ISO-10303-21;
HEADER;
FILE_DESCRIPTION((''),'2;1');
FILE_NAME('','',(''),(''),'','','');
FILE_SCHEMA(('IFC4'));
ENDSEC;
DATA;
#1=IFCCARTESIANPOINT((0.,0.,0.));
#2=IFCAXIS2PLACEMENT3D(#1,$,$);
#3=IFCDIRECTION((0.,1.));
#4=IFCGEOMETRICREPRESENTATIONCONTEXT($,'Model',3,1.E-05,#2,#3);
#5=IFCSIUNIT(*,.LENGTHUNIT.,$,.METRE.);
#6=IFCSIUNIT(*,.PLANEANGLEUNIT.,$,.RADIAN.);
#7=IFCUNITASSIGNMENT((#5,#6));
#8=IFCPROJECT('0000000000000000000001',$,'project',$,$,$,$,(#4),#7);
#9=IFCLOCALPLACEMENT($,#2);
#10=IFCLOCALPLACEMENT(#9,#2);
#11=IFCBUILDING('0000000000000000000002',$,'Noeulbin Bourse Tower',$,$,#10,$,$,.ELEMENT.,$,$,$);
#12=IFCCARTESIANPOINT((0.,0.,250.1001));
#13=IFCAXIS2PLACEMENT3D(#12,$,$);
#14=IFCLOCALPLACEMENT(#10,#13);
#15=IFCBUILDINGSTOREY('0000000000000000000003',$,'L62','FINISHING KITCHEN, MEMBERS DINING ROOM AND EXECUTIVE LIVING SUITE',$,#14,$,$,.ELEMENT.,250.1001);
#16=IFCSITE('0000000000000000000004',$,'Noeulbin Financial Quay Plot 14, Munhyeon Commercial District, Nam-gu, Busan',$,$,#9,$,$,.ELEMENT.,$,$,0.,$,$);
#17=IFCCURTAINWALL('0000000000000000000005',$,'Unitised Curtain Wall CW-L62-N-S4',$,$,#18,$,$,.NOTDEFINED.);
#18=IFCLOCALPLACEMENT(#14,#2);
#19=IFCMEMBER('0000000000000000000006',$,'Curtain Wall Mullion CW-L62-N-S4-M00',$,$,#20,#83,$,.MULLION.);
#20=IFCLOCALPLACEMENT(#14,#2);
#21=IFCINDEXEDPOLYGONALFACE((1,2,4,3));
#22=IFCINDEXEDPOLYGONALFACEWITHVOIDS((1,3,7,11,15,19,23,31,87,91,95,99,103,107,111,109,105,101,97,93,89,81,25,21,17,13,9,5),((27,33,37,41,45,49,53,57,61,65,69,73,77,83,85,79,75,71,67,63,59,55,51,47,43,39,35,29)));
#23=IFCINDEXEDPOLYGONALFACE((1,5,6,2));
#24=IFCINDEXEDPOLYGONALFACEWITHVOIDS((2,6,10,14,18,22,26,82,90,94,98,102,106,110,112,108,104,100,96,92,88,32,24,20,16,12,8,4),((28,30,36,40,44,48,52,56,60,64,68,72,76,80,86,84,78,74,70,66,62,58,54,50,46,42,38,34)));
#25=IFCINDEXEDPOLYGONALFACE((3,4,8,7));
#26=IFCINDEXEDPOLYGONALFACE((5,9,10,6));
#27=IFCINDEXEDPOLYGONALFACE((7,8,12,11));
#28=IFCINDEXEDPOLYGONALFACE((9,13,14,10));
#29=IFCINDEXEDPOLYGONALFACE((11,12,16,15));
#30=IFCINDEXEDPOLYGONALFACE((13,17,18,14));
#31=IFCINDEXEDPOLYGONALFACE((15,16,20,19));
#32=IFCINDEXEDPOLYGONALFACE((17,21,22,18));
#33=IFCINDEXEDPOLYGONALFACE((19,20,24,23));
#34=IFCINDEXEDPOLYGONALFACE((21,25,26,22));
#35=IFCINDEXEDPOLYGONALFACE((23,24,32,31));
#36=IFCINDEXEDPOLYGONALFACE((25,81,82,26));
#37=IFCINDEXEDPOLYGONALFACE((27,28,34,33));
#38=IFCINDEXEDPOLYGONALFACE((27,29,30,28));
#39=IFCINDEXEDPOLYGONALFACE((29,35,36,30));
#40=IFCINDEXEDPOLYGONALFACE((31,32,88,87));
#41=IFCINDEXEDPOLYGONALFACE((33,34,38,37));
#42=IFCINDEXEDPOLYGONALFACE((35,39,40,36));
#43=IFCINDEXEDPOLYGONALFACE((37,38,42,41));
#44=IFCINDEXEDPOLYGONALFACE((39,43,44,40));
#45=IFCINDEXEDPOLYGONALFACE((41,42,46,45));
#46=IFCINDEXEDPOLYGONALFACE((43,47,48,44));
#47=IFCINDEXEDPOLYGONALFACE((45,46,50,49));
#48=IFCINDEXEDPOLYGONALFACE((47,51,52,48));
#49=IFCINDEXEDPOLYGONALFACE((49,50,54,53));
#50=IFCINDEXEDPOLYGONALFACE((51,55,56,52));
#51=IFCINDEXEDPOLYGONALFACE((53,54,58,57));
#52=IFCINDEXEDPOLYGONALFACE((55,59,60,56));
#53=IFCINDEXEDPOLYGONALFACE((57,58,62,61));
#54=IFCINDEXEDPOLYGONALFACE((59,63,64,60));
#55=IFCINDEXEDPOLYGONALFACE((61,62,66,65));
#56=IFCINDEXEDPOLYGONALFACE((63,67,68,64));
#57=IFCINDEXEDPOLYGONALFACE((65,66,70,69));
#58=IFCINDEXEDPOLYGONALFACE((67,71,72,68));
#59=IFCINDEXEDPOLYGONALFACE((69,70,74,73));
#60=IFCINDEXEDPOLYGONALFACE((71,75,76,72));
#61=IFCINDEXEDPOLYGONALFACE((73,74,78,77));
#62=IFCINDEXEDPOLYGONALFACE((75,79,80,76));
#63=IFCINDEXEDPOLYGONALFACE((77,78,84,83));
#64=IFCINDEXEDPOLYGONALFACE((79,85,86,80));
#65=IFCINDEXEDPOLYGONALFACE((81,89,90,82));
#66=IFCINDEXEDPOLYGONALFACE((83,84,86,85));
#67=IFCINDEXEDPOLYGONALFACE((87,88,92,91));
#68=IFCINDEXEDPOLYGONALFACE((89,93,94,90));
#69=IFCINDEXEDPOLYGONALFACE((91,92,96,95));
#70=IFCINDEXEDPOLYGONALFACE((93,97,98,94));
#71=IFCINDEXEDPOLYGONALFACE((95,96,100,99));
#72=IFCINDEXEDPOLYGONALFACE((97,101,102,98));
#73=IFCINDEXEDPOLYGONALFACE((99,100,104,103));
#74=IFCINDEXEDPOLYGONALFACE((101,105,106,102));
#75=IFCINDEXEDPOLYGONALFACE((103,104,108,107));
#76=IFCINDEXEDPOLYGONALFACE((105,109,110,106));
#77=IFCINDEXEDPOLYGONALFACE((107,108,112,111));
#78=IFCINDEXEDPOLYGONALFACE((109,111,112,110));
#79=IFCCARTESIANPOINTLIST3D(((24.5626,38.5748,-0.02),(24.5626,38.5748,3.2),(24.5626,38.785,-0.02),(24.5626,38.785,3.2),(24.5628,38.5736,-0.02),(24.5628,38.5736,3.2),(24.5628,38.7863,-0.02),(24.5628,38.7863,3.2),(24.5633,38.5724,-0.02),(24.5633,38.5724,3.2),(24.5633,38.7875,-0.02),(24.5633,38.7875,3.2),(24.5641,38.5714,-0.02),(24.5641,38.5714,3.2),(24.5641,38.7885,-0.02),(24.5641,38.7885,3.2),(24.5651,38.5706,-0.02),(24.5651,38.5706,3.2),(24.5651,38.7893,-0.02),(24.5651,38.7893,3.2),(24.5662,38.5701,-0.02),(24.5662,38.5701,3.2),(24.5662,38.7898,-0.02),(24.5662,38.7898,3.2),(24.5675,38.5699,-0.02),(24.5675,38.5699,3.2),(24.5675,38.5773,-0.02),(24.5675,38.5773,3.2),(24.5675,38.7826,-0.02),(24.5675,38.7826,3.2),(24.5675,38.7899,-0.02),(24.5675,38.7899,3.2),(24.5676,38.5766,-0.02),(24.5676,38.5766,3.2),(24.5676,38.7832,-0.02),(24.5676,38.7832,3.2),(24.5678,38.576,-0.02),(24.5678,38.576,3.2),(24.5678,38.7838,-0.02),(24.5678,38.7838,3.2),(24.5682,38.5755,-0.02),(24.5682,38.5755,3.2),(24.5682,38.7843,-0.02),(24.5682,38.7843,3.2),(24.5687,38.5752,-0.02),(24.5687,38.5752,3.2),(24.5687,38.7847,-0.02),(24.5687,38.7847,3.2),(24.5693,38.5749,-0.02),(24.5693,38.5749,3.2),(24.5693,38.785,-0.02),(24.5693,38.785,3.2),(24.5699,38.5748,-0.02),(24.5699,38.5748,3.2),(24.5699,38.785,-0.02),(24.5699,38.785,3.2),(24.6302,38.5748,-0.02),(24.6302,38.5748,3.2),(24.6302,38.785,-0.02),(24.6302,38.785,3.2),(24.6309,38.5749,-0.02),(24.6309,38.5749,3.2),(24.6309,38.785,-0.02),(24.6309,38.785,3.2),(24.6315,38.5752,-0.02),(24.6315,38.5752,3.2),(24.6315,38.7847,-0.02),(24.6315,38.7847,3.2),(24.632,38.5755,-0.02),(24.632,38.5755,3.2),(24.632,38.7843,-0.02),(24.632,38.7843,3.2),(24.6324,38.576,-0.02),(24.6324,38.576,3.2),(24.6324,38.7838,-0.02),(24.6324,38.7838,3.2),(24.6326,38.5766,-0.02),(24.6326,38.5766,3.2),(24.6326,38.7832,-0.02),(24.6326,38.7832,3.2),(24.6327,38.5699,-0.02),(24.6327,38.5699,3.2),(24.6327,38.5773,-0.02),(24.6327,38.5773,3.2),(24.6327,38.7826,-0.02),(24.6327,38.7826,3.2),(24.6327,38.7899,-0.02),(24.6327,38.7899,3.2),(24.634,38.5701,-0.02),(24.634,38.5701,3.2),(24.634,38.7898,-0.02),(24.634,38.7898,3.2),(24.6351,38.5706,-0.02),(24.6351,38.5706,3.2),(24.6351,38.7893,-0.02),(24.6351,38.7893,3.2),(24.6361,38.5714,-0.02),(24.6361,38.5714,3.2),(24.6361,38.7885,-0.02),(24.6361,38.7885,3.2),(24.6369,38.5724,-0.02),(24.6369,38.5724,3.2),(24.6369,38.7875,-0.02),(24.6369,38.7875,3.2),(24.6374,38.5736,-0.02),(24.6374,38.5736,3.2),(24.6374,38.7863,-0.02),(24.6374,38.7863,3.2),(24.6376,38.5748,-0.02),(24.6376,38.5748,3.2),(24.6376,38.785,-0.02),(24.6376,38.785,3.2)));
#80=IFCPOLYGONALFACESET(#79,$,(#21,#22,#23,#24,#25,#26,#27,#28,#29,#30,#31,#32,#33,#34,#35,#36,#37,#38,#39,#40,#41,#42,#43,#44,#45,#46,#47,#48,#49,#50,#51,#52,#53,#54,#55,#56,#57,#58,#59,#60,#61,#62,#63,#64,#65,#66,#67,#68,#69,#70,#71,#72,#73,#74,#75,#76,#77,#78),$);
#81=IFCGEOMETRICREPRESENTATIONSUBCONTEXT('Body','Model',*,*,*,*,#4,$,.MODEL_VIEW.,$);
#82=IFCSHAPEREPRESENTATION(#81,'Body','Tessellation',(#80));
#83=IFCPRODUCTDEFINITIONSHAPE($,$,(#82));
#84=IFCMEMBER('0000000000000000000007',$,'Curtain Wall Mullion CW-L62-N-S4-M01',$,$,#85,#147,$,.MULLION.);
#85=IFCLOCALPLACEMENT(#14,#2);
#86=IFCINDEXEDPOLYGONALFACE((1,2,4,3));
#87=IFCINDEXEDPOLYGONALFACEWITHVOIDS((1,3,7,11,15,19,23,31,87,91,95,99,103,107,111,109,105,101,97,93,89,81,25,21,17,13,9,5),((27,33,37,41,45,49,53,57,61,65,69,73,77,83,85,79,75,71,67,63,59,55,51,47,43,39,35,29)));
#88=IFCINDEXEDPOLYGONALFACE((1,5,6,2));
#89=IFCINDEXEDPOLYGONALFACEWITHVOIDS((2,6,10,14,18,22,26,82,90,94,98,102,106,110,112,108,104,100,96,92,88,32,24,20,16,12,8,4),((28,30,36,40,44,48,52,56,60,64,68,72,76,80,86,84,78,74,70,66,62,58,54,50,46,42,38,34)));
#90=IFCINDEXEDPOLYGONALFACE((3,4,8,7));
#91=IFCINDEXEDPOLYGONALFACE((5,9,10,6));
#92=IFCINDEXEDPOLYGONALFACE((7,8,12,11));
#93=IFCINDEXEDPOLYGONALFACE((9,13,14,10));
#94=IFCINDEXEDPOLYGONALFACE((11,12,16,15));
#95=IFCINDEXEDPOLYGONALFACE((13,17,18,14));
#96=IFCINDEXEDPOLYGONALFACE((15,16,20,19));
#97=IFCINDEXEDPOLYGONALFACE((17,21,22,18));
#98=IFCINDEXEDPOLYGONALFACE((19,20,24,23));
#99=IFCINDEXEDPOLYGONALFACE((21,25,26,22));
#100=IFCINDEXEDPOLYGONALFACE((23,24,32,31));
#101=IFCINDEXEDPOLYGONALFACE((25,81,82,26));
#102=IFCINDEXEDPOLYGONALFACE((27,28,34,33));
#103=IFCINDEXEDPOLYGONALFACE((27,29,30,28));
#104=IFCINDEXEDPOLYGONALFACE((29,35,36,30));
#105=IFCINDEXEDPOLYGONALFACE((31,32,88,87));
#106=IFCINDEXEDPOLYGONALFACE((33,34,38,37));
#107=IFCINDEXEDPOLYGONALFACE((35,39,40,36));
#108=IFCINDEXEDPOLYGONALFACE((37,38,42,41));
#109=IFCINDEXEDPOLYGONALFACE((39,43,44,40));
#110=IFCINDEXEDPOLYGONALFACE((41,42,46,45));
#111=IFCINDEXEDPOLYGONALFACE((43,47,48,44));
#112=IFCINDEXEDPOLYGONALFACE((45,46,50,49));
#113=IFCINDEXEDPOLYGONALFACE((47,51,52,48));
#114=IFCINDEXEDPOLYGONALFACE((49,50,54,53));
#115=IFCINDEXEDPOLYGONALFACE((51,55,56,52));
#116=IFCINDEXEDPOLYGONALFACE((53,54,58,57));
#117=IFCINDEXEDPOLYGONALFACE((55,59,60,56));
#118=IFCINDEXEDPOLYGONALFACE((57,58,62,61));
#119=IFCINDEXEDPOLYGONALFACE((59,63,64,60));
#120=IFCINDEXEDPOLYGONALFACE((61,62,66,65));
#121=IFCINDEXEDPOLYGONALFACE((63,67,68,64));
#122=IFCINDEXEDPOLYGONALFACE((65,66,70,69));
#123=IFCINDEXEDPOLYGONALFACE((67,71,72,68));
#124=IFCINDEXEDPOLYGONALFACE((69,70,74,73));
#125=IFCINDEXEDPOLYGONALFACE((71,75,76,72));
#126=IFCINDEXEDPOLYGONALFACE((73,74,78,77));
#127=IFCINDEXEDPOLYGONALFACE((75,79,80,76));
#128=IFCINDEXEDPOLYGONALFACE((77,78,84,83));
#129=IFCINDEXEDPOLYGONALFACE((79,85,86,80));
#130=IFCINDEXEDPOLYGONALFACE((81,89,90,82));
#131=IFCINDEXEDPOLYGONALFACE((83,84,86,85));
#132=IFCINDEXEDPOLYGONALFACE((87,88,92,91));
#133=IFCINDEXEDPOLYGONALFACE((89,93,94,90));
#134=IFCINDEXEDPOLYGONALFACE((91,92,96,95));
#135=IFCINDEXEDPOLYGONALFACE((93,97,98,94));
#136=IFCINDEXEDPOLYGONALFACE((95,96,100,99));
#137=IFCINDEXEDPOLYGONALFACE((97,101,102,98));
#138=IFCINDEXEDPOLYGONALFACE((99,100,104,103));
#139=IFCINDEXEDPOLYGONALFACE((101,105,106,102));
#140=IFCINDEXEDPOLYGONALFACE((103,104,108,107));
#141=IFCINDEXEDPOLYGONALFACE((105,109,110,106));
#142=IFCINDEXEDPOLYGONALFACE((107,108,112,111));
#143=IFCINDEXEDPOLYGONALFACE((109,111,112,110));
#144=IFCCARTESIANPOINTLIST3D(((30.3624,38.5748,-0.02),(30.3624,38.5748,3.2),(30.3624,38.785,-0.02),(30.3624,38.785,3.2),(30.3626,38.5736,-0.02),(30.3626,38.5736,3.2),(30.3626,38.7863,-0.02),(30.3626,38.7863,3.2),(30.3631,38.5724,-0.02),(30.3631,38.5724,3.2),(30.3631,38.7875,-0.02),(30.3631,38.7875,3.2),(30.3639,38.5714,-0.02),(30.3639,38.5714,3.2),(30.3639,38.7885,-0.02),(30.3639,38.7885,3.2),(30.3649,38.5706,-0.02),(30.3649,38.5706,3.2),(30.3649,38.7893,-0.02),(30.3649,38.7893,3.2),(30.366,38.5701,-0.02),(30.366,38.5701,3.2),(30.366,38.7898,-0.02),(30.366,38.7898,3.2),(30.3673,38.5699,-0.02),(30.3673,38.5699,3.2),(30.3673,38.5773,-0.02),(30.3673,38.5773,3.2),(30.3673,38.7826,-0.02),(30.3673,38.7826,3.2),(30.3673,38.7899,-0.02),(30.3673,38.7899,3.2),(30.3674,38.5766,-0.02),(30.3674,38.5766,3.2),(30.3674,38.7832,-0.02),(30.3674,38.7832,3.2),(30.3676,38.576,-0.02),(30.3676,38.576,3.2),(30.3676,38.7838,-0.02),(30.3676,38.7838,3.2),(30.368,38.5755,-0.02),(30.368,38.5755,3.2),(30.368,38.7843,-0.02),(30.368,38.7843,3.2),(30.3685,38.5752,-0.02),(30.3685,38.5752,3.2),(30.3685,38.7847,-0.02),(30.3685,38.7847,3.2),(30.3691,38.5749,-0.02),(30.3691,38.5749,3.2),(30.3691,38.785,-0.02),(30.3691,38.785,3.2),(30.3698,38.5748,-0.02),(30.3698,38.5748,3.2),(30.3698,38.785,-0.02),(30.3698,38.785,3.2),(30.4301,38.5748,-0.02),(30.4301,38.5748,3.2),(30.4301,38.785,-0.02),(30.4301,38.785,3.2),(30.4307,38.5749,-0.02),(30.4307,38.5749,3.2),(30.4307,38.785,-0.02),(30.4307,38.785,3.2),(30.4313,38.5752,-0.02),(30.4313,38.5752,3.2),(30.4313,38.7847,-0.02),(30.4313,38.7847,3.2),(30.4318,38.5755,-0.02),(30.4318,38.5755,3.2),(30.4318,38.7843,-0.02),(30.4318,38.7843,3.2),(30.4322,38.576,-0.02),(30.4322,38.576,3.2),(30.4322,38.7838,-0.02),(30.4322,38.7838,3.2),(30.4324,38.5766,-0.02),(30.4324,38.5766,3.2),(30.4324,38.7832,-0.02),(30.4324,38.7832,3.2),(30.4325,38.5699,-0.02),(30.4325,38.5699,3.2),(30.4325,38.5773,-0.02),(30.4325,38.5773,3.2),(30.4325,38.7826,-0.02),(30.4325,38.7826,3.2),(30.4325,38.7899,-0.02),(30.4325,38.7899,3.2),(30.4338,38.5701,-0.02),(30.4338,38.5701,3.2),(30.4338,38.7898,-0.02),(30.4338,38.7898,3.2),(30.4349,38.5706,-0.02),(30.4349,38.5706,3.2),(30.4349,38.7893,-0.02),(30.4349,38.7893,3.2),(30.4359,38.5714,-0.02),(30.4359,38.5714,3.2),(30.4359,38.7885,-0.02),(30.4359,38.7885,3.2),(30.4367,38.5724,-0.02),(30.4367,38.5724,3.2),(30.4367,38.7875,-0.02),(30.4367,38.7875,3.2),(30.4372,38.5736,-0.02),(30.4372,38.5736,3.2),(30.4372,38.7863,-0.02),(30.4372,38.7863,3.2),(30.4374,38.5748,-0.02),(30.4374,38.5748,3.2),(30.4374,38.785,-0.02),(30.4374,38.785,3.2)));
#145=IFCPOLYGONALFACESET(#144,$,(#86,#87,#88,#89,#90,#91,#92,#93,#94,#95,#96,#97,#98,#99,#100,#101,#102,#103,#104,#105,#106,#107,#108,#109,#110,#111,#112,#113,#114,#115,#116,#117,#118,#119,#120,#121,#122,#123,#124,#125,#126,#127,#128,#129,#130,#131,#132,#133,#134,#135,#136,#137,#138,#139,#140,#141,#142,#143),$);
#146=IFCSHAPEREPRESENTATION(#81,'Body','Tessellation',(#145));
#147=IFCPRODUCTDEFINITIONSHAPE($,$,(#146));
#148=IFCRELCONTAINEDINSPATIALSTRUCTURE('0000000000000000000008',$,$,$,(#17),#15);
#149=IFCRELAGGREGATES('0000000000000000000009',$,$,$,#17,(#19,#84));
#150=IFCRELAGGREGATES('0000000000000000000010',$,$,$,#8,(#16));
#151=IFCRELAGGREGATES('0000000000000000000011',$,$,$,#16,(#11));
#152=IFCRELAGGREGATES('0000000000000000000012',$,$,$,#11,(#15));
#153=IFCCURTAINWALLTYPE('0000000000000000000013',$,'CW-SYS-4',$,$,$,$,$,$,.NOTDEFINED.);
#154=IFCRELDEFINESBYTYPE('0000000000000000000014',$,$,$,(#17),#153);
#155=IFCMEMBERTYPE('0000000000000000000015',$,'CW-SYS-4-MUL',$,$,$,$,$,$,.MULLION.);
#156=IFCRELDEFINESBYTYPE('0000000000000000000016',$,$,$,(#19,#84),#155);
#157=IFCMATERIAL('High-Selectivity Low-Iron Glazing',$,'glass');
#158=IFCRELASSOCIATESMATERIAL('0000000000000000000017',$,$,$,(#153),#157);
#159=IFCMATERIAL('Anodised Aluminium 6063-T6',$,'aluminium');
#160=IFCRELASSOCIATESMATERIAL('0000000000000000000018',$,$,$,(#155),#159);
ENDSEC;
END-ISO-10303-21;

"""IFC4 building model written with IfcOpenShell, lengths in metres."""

from ifc_helpers import new_model, si_unit, direction, frame, origin, origin_2d, place, context, subcontext, project, spatial, hollow_rectangle, extrude, material, material_profile, profile_set, type_object, element, aggregate, save


model = new_model("IFC4")

# Units and contexts
model_context = context("Model", 3, precision=1e-05, world=origin(), true_north=direction((0.0, 1.0)))
body_context = subcontext(model_context, "Body", "Model", "MODEL_VIEW")
ifc_project = project(units=[si_unit("LENGTHUNIT", "METRE"), si_unit("PLANEANGLEUNIT", "RADIAN")], contexts=[model_context])

# Site, building, storey
site_placement = place(None, origin())
site = spatial("IfcSite", under=ifc_project, at=site_placement, Name="Noeulbin Financial Quay Plot 14, Munhyeon Commercial District, Nam-gu, Busan", CompositionType="ELEMENT", RefElevation=0.0)
building_placement = place(site_placement, origin())
building = spatial("IfcBuilding", under=site, at=building_placement, Name="Noeulbin Bourse Tower", CompositionType="ELEMENT")
storey_placement = place(building_placement, frame((0.0, 0.0, 250.1001)))
storey = spatial("IfcBuildingStorey", under=building, at=storey_placement, Name="L62", Description="FINISHING KITCHEN, MEMBERS DINING ROOM AND EXECUTIVE LIVING SUITE", CompositionType="ELEMENT", Elevation=250.1001)

# Curtain wall, members
ifc_material_1 = material(Name="High-Selectivity Low-Iron Glazing", Category="glass")
curtain_wall_type = type_object("IfcCurtainWallType", Name="CW-SYS-4", PredefinedType="NOTDEFINED", material=ifc_material_1)
curtain_wall_1_placement = place(storey_placement, origin())
curtain_wall_1 = element("IfcCurtainWall", 1, at=curtain_wall_1_placement, inside=storey, type_object=curtain_wall_type, Name="Unitised Curtain Wall CW-L62-N-S4", PredefinedType="NOTDEFINED")
ifc_material_2 = material(Name="Anodised Aluminium 6063-T6", Category="aluminium")
ifc_material_profile_1 = material_profile(ifc_material_2, hollow_rectangle(XDim=0.075, YDim=0.22, WallThickness=0.0049, InnerFilletRadius=0.0024, OuterFilletRadius=0.0049, at=origin_2d()), Name="ALU-MULL-75x220x5", Category="LoadBearing")
ifc_profile_set_1 = profile_set([ifc_material_profile_1], Name="Anodised Aluminium 6063-T6")
member_type_1 = type_object("IfcMemberType", Name="CW-SYS-4-MUL", PredefinedType="MULLION", material=ifc_profile_set_1)
member_1_placement = place(storey_placement, frame((24.6001, 38.6799, -0.02), z_axis=(0.0, 0.0, 1.0), x_axis=(1.0, 0.0, 0.0)))
member_1 = element("IfcMember", 2, at=member_1_placement, type_object=member_type_1, Name="Curtain Wall Mullion CW-L62-N-S4-M00", PredefinedType="MULLION", context=body_context, shape_type="SweptSolid", body=[
    extrude(hollow_rectangle(XDim=0.075, YDim=0.22, WallThickness=0.0049, InnerFilletRadius=0.0024, OuterFilletRadius=0.0049, at=origin_2d()), origin(), (0.0, 0.0, 1.0), 3.22),
])
member_2_placement = place(storey_placement, frame((30.3999, 38.6799, -0.02), z_axis=(0.0, 0.0, 1.0), x_axis=(1.0, 0.0, 0.0)))
member_2 = element("IfcMember", 3, at=member_2_placement, type_object=member_type_1, Name="Curtain Wall Mullion CW-L62-N-S4-M01", PredefinedType="MULLION", context=body_context, shape_type="SweptSolid", body=[
    extrude(hollow_rectangle(XDim=0.075, YDim=0.22, WallThickness=0.0049, InnerFilletRadius=0.0024, OuterFilletRadius=0.0049, at=origin_2d()), origin(), (0.0, 0.0, 1.0), 3.22),
])

aggregate(curtain_wall_1, [member_1, member_2])

save(model, "model.ifc")
